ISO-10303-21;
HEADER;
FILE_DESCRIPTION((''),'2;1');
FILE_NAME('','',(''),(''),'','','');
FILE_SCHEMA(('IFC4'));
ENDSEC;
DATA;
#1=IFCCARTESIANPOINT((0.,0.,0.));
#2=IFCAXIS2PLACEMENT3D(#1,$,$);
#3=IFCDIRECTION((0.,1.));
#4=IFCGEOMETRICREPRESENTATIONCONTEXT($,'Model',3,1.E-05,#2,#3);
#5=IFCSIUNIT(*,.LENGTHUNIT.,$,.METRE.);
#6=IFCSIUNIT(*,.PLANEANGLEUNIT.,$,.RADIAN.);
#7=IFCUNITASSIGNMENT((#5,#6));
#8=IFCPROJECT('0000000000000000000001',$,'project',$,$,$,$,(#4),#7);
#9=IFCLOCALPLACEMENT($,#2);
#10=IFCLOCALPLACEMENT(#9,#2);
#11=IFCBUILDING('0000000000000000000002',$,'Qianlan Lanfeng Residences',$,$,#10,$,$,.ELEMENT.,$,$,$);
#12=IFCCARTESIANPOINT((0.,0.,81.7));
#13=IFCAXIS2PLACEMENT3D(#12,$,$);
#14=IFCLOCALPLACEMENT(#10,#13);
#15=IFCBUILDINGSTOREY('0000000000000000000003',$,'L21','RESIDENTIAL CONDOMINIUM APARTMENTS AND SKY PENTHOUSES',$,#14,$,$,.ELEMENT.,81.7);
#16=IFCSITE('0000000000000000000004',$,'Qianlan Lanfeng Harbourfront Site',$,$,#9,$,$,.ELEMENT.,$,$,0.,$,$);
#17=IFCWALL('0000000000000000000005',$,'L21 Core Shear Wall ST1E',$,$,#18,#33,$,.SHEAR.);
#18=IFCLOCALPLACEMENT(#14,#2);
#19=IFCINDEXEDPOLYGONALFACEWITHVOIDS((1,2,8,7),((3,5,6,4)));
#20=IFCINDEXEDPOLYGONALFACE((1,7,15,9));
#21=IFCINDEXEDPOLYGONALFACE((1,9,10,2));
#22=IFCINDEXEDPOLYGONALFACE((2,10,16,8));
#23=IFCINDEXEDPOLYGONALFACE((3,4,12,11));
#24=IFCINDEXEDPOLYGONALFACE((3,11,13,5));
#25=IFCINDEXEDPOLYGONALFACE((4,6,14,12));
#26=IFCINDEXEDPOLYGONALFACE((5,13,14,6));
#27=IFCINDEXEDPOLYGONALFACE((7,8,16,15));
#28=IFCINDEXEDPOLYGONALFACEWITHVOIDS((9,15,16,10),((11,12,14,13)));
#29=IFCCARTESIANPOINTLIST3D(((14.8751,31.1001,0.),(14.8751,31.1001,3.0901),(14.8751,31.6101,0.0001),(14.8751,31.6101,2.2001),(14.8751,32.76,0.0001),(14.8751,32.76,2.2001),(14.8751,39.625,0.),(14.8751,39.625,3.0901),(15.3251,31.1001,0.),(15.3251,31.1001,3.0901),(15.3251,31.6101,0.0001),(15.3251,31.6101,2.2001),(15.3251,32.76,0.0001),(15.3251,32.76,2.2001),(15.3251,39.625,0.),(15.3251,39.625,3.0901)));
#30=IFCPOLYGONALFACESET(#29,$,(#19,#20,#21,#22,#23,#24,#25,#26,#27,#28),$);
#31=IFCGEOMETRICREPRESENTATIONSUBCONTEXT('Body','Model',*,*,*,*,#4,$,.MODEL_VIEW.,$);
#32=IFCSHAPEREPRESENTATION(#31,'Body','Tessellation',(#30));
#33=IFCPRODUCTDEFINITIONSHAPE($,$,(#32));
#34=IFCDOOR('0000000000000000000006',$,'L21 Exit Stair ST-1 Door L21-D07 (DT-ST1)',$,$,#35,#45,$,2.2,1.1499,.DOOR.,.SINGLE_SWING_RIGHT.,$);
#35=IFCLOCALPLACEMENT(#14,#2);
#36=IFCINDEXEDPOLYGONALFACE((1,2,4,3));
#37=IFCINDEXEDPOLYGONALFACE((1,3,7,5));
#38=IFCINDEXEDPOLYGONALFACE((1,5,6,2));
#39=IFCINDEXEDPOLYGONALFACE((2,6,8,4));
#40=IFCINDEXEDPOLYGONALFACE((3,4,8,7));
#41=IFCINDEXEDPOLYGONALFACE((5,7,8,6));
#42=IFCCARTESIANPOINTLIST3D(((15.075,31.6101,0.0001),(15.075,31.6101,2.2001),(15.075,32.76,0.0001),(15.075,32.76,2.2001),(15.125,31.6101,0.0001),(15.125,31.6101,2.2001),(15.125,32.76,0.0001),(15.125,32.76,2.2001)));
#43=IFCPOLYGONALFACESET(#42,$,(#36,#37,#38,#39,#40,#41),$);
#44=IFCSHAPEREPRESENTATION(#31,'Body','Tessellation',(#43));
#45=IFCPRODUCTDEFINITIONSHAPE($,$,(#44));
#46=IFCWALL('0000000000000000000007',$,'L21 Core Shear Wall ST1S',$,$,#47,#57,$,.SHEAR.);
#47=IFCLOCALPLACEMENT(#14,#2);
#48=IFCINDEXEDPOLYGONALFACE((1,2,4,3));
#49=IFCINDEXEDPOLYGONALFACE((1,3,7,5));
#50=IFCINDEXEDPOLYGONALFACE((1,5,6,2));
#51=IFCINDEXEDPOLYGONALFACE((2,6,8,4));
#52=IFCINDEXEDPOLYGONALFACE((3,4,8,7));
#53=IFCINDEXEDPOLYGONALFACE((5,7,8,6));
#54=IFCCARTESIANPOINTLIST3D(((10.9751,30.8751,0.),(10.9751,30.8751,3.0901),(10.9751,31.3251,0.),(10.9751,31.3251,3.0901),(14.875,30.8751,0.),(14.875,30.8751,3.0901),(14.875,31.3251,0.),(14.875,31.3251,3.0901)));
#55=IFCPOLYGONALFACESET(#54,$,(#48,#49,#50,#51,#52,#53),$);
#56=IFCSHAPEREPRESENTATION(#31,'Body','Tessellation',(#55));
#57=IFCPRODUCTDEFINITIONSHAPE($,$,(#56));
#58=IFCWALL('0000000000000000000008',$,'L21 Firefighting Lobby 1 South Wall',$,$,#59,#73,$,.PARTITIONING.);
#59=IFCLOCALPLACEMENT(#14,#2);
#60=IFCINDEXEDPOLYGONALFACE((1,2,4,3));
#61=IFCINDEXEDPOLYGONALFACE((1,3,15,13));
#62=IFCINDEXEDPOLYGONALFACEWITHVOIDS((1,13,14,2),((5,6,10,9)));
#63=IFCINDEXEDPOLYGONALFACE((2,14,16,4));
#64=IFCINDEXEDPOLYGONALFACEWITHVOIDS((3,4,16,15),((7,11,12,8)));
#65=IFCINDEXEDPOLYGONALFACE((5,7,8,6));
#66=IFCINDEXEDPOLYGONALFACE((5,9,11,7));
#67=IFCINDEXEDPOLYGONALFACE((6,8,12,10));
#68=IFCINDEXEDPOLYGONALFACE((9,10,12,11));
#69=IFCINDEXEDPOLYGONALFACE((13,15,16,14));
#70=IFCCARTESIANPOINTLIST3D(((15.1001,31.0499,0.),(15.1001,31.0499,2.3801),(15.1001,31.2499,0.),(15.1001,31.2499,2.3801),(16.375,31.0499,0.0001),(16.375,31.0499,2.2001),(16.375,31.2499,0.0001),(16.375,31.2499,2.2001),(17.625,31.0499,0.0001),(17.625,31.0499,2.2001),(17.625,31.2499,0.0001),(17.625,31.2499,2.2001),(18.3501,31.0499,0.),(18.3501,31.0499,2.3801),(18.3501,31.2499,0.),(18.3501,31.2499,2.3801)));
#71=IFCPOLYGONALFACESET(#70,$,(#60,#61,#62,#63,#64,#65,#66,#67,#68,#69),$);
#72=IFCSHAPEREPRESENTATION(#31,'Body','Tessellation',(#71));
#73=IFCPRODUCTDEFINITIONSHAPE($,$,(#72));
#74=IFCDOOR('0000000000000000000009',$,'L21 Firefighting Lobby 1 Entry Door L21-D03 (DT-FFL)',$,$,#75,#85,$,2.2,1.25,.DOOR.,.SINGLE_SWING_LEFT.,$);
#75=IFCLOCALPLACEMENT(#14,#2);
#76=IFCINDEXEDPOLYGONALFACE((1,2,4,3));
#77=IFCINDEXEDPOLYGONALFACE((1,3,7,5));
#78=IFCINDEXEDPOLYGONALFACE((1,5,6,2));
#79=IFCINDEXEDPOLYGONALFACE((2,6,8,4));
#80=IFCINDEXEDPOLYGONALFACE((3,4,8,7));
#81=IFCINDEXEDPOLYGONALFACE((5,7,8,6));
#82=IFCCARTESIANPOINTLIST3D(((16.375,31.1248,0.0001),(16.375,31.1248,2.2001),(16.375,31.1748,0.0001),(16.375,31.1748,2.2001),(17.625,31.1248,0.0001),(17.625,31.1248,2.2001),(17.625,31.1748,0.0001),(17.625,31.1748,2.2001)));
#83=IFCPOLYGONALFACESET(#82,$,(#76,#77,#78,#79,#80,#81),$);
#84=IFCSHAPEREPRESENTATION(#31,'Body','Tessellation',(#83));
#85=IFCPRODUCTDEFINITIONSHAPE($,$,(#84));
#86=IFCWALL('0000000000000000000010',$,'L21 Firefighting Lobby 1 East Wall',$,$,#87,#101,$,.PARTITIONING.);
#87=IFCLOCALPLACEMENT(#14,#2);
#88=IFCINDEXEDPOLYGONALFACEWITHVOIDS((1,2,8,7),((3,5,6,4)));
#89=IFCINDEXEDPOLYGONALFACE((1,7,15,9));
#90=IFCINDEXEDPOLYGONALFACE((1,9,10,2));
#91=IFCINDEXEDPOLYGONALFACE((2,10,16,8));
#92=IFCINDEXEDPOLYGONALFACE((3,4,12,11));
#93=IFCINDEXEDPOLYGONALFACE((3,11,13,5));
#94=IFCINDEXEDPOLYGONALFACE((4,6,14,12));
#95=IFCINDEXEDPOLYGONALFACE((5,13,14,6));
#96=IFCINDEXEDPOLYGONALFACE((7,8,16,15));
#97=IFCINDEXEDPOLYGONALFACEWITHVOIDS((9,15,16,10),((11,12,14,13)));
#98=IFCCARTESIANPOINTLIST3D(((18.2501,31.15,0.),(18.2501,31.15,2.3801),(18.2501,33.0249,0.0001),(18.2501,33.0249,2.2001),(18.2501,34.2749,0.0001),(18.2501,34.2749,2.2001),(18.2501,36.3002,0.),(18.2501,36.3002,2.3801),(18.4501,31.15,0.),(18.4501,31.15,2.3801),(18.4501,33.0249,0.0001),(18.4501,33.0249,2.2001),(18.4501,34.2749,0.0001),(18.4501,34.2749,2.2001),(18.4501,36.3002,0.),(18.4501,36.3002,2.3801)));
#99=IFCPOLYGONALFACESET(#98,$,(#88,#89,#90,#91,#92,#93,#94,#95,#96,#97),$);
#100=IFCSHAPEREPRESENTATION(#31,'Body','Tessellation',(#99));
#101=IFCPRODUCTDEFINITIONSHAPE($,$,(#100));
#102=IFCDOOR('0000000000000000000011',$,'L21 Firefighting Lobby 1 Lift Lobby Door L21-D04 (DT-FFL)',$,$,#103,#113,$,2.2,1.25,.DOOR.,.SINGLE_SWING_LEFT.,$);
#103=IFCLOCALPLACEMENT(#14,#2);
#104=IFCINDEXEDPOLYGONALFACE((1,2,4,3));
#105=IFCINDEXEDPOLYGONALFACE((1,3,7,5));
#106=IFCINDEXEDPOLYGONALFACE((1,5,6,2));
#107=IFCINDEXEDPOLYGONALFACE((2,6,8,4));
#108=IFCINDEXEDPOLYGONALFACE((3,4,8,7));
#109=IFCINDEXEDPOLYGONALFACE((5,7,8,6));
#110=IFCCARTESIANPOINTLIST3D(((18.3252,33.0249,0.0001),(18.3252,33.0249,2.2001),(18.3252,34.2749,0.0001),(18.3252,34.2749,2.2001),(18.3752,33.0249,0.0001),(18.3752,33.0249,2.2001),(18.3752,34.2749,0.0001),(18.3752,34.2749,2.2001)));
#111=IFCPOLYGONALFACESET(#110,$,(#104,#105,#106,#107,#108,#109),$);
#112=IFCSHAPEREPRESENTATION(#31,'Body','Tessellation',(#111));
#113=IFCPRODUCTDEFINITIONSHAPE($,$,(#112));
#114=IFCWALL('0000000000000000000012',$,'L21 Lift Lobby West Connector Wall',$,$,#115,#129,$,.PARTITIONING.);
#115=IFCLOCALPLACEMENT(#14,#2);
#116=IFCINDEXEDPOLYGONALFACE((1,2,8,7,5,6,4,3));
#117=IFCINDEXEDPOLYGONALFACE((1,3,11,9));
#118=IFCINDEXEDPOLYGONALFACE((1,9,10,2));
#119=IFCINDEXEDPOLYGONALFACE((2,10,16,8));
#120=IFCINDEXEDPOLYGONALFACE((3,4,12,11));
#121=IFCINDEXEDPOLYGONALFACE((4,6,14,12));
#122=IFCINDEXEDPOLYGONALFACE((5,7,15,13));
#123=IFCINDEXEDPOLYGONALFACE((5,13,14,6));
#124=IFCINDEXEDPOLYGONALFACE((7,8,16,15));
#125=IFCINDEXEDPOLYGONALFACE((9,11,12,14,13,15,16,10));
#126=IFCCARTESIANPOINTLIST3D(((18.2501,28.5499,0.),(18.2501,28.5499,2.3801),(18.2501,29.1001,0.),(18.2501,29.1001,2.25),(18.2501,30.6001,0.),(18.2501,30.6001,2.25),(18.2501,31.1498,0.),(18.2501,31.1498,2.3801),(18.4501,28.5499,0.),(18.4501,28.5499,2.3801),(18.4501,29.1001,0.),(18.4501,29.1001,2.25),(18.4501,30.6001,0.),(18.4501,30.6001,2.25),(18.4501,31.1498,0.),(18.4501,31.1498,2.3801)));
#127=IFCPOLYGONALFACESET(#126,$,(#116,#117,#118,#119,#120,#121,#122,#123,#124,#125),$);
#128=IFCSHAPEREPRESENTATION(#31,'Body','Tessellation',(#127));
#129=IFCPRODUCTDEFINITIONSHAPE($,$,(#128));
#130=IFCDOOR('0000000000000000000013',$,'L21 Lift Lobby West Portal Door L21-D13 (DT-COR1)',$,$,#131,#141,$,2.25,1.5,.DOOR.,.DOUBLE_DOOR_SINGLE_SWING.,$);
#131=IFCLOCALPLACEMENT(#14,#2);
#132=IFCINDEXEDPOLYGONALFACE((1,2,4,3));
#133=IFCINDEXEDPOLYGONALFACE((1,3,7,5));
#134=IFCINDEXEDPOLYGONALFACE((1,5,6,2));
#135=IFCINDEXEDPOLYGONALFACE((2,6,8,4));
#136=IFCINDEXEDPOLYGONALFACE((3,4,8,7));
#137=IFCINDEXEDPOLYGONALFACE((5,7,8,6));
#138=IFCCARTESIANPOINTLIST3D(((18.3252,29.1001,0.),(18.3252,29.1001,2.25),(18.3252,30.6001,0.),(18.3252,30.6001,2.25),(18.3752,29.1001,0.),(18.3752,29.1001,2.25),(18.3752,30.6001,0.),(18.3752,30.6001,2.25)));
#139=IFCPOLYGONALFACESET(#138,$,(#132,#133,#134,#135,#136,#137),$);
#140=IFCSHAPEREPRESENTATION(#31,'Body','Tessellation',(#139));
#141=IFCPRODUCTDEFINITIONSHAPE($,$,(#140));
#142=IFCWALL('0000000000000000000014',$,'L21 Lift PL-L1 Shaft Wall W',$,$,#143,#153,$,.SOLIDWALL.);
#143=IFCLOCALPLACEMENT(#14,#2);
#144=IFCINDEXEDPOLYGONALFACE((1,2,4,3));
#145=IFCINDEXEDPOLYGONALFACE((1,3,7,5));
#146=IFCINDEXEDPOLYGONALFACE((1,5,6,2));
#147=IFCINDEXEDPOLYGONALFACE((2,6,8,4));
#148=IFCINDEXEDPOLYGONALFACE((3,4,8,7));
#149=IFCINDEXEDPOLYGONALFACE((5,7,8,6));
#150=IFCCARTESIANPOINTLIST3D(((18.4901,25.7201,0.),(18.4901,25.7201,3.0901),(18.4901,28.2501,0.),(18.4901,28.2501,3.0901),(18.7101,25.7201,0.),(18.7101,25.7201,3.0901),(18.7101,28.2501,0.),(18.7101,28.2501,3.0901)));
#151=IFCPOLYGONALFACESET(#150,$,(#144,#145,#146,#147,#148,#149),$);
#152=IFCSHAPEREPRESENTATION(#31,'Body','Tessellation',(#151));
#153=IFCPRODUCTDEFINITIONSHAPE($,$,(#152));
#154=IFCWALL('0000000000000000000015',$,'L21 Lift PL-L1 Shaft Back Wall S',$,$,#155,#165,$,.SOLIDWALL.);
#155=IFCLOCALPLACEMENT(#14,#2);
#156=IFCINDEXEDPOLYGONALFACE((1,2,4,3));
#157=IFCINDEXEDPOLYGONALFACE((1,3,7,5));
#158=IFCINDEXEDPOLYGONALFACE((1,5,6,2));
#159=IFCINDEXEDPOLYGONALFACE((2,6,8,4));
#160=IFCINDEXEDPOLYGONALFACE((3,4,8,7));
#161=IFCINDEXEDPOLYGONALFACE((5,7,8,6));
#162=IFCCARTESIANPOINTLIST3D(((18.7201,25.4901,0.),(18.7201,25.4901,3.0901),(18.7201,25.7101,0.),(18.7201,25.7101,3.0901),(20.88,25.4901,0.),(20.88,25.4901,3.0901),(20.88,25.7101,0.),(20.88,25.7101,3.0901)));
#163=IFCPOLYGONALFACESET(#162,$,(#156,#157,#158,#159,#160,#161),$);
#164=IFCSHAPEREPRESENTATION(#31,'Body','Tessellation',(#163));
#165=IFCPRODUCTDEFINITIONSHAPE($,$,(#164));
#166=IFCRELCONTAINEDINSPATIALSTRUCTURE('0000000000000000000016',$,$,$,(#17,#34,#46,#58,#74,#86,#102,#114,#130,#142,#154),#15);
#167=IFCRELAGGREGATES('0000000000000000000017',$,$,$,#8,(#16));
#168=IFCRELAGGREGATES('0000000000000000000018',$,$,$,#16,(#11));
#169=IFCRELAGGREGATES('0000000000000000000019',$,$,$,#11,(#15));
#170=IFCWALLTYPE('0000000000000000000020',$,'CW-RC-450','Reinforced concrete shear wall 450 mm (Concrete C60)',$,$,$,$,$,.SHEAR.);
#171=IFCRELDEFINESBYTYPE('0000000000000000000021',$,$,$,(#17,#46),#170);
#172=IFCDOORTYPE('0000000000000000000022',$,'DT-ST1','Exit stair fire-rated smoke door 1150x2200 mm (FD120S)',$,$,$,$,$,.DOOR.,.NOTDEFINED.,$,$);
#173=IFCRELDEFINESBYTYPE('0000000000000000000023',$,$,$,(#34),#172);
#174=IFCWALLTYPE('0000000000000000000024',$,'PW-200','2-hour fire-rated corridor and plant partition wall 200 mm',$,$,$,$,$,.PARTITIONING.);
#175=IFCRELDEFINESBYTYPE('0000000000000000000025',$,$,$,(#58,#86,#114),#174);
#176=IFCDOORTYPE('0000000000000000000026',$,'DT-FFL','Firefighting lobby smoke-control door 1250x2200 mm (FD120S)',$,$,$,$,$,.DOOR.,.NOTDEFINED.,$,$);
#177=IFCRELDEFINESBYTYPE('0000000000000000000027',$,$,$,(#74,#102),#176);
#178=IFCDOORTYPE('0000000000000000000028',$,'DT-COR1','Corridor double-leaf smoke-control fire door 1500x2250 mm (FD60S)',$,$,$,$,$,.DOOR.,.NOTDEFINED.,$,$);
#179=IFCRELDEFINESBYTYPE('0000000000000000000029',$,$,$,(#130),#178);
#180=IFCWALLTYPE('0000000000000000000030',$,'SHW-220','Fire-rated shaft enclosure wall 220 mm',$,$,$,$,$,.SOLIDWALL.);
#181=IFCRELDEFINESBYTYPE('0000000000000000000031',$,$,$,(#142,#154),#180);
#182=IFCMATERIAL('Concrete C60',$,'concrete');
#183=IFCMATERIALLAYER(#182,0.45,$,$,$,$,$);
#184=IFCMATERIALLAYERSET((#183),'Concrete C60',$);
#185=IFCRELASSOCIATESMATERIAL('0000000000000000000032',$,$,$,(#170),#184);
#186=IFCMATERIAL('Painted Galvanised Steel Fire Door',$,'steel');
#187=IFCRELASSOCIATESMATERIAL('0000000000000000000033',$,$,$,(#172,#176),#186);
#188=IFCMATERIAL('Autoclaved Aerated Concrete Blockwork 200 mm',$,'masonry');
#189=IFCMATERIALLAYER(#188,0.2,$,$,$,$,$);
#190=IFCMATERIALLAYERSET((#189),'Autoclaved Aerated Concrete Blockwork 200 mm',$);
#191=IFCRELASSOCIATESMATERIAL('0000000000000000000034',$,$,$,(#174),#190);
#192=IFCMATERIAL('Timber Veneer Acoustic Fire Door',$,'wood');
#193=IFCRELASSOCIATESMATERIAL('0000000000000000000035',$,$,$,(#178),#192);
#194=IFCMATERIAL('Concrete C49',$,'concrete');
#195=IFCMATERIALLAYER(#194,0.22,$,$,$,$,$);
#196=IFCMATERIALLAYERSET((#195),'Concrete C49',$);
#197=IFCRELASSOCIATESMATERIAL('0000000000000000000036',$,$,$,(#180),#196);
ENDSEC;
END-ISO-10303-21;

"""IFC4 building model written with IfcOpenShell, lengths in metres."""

from ifc_helpers import new_model, si_unit, direction, frame, frame_2d, origin, place, context, subcontext, project, spatial, rectangle, extrude, material, layer, layer_set, type_object, element, fill, save


model = new_model("IFC4")

# Units and contexts
model_context = context("Model", 3, precision=1e-05, world=origin(), true_north=direction((0.0, 1.0)))
body_context = subcontext(model_context, "Body", "Model", "MODEL_VIEW")
ifc_project = project(units=[si_unit("LENGTHUNIT", "METRE"), si_unit("PLANEANGLEUNIT", "RADIAN")], contexts=[model_context])

# Site, building, storey
site_placement = place(None, origin())
site = spatial("IfcSite", under=ifc_project, at=site_placement, Name="Qianlan Lanfeng Harbourfront Site", CompositionType="ELEMENT", RefElevation=0.0)
building_placement = place(site_placement, origin())
building = spatial("IfcBuilding", under=site, at=building_placement, Name="Qianlan Lanfeng Residences", CompositionType="ELEMENT")
storey_placement = place(building_placement, frame((0.0, 0.0, 81.7)))
storey = spatial("IfcBuildingStorey", under=building, at=storey_placement, Name="L21", Description="RESIDENTIAL CONDOMINIUM APARTMENTS AND SKY PENTHOUSES", CompositionType="ELEMENT", Elevation=81.7)

# Wall, opening, door
ifc_material_1 = material(Name="Concrete C60", Category="concrete")
ifc_layer_1 = layer(ifc_material_1, 0.45)
ifc_layer_set_1 = layer_set([ifc_layer_1], Name="Concrete C60")
wall_type_1 = type_object("IfcWallType", Name="CW-RC-450", Description="Reinforced concrete shear wall 450 mm (Concrete C60)", PredefinedType="SHEAR", material=ifc_layer_set_1)
wall_1_placement = place(storey_placement, frame((15.1001, 31.1001, 0.0), z_axis=(0.0, 0.0, 1.0), x_axis=(0.0, 1.0, 0.0)))
wall_1 = element("IfcWall", 1, at=wall_1_placement, inside=storey, type_object=wall_type_1, Name="L21 Core Shear Wall ST1E", PredefinedType="SHEAR", context=body_context, shape_type="SweptSolid", body=[
    extrude(rectangle(XDim=8.5249, YDim=0.45, at=frame_2d((4.2625, 0.0))), origin(), (0.0, 0.0, 1.0), 3.0901),
])
opening_1_placement = place(wall_1_placement, frame((0.51, 0.0, 0.0)))
opening_1 = element("IfcOpeningElement", 2, at=opening_1_placement, cuts=wall_1, PredefinedType="OPENING", context=body_context, shape_type="SweptSolid", body=[
    extrude(rectangle(XDim=1.1499, YDim=2.2, at=frame_2d((0.575, 1.1001))), frame((0.0, 0.2349, 0.0), z_axis=(0.0, -1.0, 0.0), x_axis=(1.0, 0.0, 0.0)), (0.0, 0.0, 1.0), 0.47),
])
ifc_material_2 = material(Name="Painted Galvanised Steel Fire Door", Category="steel")
door_type_1 = type_object("IfcDoorType", Name="DT-ST1", Description="Exit stair fire-rated smoke door 1150x2200 mm (FD120S)", OperationType="NOTDEFINED", PredefinedType="DOOR", material=ifc_material_2)
door_1_placement = place(opening_1_placement, frame((1.1499, 0.0, 0.0), z_axis=(0.0, 0.0, 1.0), x_axis=(-1.0, 0.0, 0.0)))
door_1 = element("IfcDoor", 3, at=door_1_placement, inside=storey, type_object=door_type_1, Name="L21 Exit Stair ST-1 Door L21-D07 (DT-ST1)", OperationType="SINGLE_SWING_RIGHT", OverallHeight=2.2, OverallWidth=1.1499, PredefinedType="DOOR", context=body_context, shape_type="SweptSolid", body=[
    extrude(rectangle(XDim=1.1499, YDim=2.2, at=frame_2d((0.575, 1.1001))), frame((0.0, 0.0249, 0.0), z_axis=(0.0, -1.0, 0.0), x_axis=(1.0, 0.0, 0.0)), (0.0, 0.0, 1.0), 0.05),
])
fill(opening_1, door_1)

# Wall
wall_2_placement = place(storey_placement, frame((10.9751, 31.1001, 0.0), z_axis=(0.0, 0.0, 1.0), x_axis=(1.0, 0.0, 0.0)))
element("IfcWall", 4, at=wall_2_placement, inside=storey, type_object=wall_type_1, Name="L21 Core Shear Wall ST1S", PredefinedType="SHEAR", context=body_context, shape_type="SweptSolid", body=[
    extrude(rectangle(XDim=3.8999, YDim=0.45, at=frame_2d((1.95, 0.0))), origin(), (0.0, 0.0, 1.0), 3.0901),
])

# Walls, openings, doors
ifc_material_3 = material(Name="Autoclaved Aerated Concrete Blockwork 200 mm", Category="masonry")
ifc_layer_2 = layer(ifc_material_3, 0.2)
ifc_layer_set_2 = layer_set([ifc_layer_2], Name="Autoclaved Aerated Concrete Blockwork 200 mm")
wall_type_2 = type_object("IfcWallType", Name="PW-200", Description="2-hour fire-rated corridor and plant partition wall 200 mm", PredefinedType="PARTITIONING", material=ifc_layer_set_2)
wall_3_placement = place(storey_placement, frame((15.1001, 31.1499, 0.0), z_axis=(0.0, 0.0, 1.0), x_axis=(1.0, 0.0, 0.0)))
wall_3 = element("IfcWall", 5, at=wall_3_placement, inside=storey, type_object=wall_type_2, Name="L21 Firefighting Lobby 1 South Wall", PredefinedType="PARTITIONING", context=body_context, shape_type="SweptSolid", body=[
    extrude(rectangle(XDim=3.25, YDim=0.2, at=frame_2d((1.625, 0.0))), origin(), (0.0, 0.0, 1.0), 2.3801),
])
opening_2_placement = place(wall_3_placement, frame((1.2749, 0.0, 0.0)))
opening_2 = element("IfcOpeningElement", 6, at=opening_2_placement, cuts=wall_3, PredefinedType="OPENING", context=body_context, shape_type="SweptSolid", body=[
    extrude(rectangle(XDim=1.25, YDim=2.2, at=frame_2d((0.625, 1.1001))), frame((0.0, 0.1099, 0.0), z_axis=(0.0, -1.0, 0.0), x_axis=(1.0, 0.0, 0.0)), (0.0, 0.0, 1.0), 0.22),
])
door_type_2 = type_object("IfcDoorType", Name="DT-FFL", Description="Firefighting lobby smoke-control door 1250x2200 mm (FD120S)", OperationType="NOTDEFINED", PredefinedType="DOOR", material=ifc_material_2)
door_2_placement = place(opening_2_placement, origin())
door_2 = element("IfcDoor", 7, at=door_2_placement, inside=storey, type_object=door_type_2, Name="L21 Firefighting Lobby 1 Entry Door L21-D03 (DT-FFL)", OperationType="SINGLE_SWING_LEFT", OverallHeight=2.2, OverallWidth=1.25, PredefinedType="DOOR", context=body_context, shape_type="SweptSolid", body=[
    extrude(rectangle(XDim=1.25, YDim=2.2, at=frame_2d((0.625, 1.1001))), frame((0.0, 0.0249, 0.0), z_axis=(0.0, -1.0, 0.0), x_axis=(1.0, 0.0, 0.0)), (0.0, 0.0, 1.0), 0.05),
])
fill(opening_2, door_2)
wall_4_placement = place(storey_placement, frame((18.3501, 31.1499, 0.0), z_axis=(0.0, 0.0, 1.0), x_axis=(0.0, 1.0, 0.0)))
wall_4 = element("IfcWall", 8, at=wall_4_placement, inside=storey, type_object=wall_type_2, Name="L21 Firefighting Lobby 1 East Wall", PredefinedType="PARTITIONING", context=body_context, shape_type="SweptSolid", body=[
    extrude(rectangle(XDim=5.1501, YDim=0.2, at=frame_2d((2.5752, 0.0))), origin(), (0.0, 0.0, 1.0), 2.3801),
])
opening_3_placement = place(wall_4_placement, frame((1.875, 0.0, 0.0)))
opening_3 = element("IfcOpeningElement", 9, at=opening_3_placement, cuts=wall_4, PredefinedType="OPENING", context=body_context, shape_type="SweptSolid", body=[
    extrude(rectangle(XDim=1.25, YDim=2.2, at=frame_2d((0.625, 1.1001))), frame((0.0, 0.1099, 0.0), z_axis=(0.0, -1.0, 0.0), x_axis=(1.0, 0.0, 0.0)), (0.0, 0.0, 1.0), 0.22),
])
door_3_placement = place(opening_3_placement, origin())
door_3 = element("IfcDoor", 10, at=door_3_placement, inside=storey, type_object=door_type_2, Name="L21 Firefighting Lobby 1 Lift Lobby Door L21-D04 (DT-FFL)", OperationType="SINGLE_SWING_LEFT", OverallHeight=2.2, OverallWidth=1.25, PredefinedType="DOOR", context=body_context, shape_type="SweptSolid", body=[
    extrude(rectangle(XDim=1.25, YDim=2.2, at=frame_2d((0.625, 1.1001))), frame((0.0, 0.0249, 0.0), z_axis=(0.0, -1.0, 0.0), x_axis=(1.0, 0.0, 0.0)), (0.0, 0.0, 1.0), 0.05),
])
fill(opening_3, door_3)
wall_5_placement = place(storey_placement, frame((18.3501, 28.55, 0.0), z_axis=(0.0, 0.0, 1.0), x_axis=(0.0, 1.0, 0.0)))
wall_5 = element("IfcWall", 11, at=wall_5_placement, inside=storey, type_object=wall_type_2, Name="L21 Lift Lobby West Connector Wall", PredefinedType="PARTITIONING", context=body_context, shape_type="SweptSolid", body=[
    extrude(rectangle(XDim=2.5999, YDim=0.2, at=frame_2d((1.2998, 0.0))), origin(), (0.0, 0.0, 1.0), 2.3801),
])
opening_4_placement = place(wall_5_placement, frame((0.55, 0.0, 0.0)))
opening_4 = element("IfcOpeningElement", 12, at=opening_4_placement, cuts=wall_5, PredefinedType="OPENING", context=body_context, shape_type="SweptSolid", body=[
    extrude(rectangle(XDim=1.5, YDim=2.25, at=frame_2d((0.75, 1.125))), frame((0.0, 0.1099, 0.0), z_axis=(0.0, -1.0, 0.0), x_axis=(1.0, 0.0, 0.0)), (0.0, 0.0, 1.0), 0.22),
])
ifc_material_4 = material(Name="Timber Veneer Acoustic Fire Door", Category="wood")
door_type_3 = type_object("IfcDoorType", Name="DT-COR1", Description="Corridor double-leaf smoke-control fire door 1500x2250 mm (FD60S)", OperationType="NOTDEFINED", PredefinedType="DOOR", material=ifc_material_4)
door_4_placement = place(opening_4_placement, origin())
door_4 = element("IfcDoor", 13, at=door_4_placement, inside=storey, type_object=door_type_3, Name="L21 Lift Lobby West Portal Door L21-D13 (DT-COR1)", OperationType="DOUBLE_DOOR_SINGLE_SWING", OverallHeight=2.25, OverallWidth=1.5, PredefinedType="DOOR", context=body_context, shape_type="SweptSolid", body=[
    extrude(rectangle(XDim=1.5, YDim=2.25, at=frame_2d((0.75, 1.125))), frame((0.0, 0.0249, 0.0), z_axis=(0.0, -1.0, 0.0), x_axis=(1.0, 0.0, 0.0)), (0.0, 0.0, 1.0), 0.05),
])
fill(opening_4, door_4)

# Walls
ifc_material_5 = material(Name="Concrete C49", Category="concrete")
ifc_layer_3 = layer(ifc_material_5, 0.22)
ifc_layer_set_3 = layer_set([ifc_layer_3], Name="Concrete C49")
wall_type_3 = type_object("IfcWallType", Name="SHW-220", Description="Fire-rated shaft enclosure wall 220 mm", PredefinedType="SOLIDWALL", material=ifc_layer_set_3)
wall_6_placement = place(storey_placement, frame((18.6001, 25.72, 0.0), z_axis=(0.0, 0.0, 1.0), x_axis=(0.0, 1.0, 0.0)))
element("IfcWall", 14, at=wall_6_placement, inside=storey, type_object=wall_type_3, Name="L21 Lift PL-L1 Shaft Wall W", PredefinedType="SOLIDWALL", context=body_context, shape_type="SweptSolid", body=[
    extrude(rectangle(XDim=2.53, YDim=0.22, at=frame_2d((1.2651, 0.0))), origin(), (0.0, 0.0, 1.0), 3.0901),
])
wall_7_placement = place(storey_placement, frame((18.72, 25.6001, 0.0), z_axis=(0.0, 0.0, 1.0), x_axis=(1.0, 0.0, 0.0)))
element("IfcWall", 15, at=wall_7_placement, inside=storey, type_object=wall_type_3, Name="L21 Lift PL-L1 Shaft Back Wall S", PredefinedType="SOLIDWALL", context=body_context, shape_type="SweptSolid", body=[
    extrude(rectangle(XDim=2.1599, YDim=0.22, at=frame_2d((1.0801, 0.0))), origin(), (0.0, 0.0, 1.0), 3.0901),
])

save(model, "model.ifc")
